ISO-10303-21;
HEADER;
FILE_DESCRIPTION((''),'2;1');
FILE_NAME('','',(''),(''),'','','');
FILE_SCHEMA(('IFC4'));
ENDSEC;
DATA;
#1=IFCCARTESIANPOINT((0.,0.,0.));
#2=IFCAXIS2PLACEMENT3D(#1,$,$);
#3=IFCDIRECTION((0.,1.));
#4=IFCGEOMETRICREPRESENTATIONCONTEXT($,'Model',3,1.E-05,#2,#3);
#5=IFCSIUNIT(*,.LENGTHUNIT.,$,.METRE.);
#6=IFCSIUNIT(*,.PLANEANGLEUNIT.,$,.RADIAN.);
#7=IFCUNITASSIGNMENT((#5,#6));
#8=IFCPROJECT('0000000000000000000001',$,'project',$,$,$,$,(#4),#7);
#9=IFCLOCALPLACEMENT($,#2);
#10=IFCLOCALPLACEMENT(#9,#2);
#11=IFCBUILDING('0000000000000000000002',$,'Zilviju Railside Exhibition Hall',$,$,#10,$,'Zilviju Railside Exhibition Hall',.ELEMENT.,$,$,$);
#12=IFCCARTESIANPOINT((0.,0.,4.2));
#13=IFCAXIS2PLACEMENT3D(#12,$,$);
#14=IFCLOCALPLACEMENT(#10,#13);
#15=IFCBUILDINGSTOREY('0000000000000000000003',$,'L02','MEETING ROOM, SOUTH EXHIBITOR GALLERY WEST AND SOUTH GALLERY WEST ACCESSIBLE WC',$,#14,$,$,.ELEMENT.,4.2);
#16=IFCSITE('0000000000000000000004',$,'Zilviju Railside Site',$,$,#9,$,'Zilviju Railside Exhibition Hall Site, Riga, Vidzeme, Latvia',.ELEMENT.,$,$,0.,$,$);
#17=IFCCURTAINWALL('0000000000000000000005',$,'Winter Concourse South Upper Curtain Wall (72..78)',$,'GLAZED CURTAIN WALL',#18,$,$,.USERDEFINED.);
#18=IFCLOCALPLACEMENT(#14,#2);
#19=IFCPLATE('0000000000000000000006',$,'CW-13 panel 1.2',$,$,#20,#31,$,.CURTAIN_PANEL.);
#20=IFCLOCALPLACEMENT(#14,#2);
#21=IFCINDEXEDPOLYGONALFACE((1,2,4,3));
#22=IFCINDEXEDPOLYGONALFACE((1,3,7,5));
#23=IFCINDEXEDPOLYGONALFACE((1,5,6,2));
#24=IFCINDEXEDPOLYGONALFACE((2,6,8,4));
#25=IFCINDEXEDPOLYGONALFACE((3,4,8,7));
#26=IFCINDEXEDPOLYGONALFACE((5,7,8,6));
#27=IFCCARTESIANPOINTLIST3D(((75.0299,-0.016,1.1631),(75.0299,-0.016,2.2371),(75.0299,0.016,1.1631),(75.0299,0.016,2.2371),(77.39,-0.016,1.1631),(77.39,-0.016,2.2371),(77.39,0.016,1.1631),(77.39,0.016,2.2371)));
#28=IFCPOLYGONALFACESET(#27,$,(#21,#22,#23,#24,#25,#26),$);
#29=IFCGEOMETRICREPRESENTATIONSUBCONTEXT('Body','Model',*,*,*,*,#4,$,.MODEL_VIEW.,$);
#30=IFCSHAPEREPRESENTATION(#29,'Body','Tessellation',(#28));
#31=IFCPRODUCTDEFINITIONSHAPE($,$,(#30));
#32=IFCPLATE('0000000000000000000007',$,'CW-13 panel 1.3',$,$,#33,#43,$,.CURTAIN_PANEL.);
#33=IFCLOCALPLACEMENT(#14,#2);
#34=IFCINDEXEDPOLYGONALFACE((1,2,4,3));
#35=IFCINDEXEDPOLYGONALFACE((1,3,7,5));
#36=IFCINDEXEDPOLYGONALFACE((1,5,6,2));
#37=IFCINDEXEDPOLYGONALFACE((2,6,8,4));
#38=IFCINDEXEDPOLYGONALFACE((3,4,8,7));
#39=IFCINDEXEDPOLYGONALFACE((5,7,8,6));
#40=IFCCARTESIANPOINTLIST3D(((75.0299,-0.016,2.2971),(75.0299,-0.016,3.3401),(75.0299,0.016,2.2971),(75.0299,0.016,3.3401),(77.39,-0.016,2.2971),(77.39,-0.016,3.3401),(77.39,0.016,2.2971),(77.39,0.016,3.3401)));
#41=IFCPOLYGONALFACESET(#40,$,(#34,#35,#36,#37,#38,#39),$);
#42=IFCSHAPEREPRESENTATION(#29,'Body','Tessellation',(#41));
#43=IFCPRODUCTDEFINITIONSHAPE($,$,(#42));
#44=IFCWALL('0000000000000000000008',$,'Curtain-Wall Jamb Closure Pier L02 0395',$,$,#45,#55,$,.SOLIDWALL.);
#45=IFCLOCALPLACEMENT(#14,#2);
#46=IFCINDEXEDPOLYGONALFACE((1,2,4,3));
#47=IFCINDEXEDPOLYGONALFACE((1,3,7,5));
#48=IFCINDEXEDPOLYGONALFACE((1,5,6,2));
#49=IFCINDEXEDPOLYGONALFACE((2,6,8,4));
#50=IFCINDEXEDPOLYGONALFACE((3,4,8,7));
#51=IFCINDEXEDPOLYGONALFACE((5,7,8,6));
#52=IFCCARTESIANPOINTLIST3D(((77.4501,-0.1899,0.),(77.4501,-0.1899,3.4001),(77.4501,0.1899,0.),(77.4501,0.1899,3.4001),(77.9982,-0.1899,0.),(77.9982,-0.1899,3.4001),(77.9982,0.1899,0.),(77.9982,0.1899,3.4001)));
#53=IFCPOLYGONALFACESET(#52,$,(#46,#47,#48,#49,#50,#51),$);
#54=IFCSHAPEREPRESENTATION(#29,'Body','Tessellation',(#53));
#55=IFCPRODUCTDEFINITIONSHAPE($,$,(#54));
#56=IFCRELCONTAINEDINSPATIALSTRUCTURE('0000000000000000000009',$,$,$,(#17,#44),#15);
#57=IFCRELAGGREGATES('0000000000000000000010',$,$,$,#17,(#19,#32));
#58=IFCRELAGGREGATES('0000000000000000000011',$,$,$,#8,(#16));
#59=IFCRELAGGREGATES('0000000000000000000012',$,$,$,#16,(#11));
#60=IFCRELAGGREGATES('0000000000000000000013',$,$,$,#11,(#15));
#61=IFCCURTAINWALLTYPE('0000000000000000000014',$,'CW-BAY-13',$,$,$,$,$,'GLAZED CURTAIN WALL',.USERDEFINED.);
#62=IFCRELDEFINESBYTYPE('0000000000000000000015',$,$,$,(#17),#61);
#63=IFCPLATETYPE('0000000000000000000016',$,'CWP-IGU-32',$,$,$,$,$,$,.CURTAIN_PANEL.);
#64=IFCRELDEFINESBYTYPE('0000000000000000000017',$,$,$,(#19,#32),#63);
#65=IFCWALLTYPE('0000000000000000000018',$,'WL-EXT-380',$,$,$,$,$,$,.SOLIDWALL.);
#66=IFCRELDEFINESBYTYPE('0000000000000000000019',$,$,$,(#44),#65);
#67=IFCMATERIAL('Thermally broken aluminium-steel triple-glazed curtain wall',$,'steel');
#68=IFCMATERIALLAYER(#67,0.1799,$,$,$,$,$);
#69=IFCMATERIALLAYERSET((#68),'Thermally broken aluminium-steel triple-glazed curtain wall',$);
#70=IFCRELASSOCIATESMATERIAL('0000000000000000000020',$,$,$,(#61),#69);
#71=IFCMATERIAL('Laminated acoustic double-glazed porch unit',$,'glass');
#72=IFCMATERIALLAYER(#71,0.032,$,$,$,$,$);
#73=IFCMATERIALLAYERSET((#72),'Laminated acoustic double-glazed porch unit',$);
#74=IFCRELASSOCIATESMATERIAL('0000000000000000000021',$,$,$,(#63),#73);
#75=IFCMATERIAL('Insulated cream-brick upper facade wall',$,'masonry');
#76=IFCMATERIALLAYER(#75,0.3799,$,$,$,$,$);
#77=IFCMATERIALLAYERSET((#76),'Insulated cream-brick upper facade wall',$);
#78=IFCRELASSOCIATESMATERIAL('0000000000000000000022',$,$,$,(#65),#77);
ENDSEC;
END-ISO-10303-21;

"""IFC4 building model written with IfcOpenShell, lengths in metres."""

from ifc_helpers import new_model, si_unit, direction, frame, frame_2d, origin, origin_2d, place, context, subcontext, project, spatial, rectangle, extrude, material, layer, layer_set, type_object, element, aggregate, save


model = new_model("IFC4")

# Units and contexts
model_context = context("Model", 3, precision=1e-05, world=origin(), true_north=direction((0.0, 1.0)))
body_context = subcontext(model_context, "Body", "Model", "MODEL_VIEW")
ifc_project = project(units=[si_unit("LENGTHUNIT", "METRE"), si_unit("PLANEANGLEUNIT", "RADIAN")], contexts=[model_context])

# Site, building, storey
site_placement = place(None, origin())
site = spatial("IfcSite", under=ifc_project, at=site_placement, Name="Zilviju Railside Site", LongName="Zilviju Railside Exhibition Hall Site, Riga, Vidzeme, Latvia", CompositionType="ELEMENT", RefElevation=0.0)
building_placement = place(site_placement, origin())
building = spatial("IfcBuilding", under=site, at=building_placement, Name="Zilviju Railside Exhibition Hall", LongName="Zilviju Railside Exhibition Hall", CompositionType="ELEMENT")
storey_placement = place(building_placement, frame((0.0, 0.0, 4.2)))
storey = spatial("IfcBuildingStorey", under=building, at=storey_placement, Name="L02", Description="MEETING ROOM, SOUTH EXHIBITOR GALLERY WEST AND SOUTH GALLERY WEST ACCESSIBLE WC", CompositionType="ELEMENT", Elevation=4.2)

# Curtain wall, plates
ifc_material_1 = material(Name="Thermally broken aluminium-steel triple-glazed curtain wall", Category="steel")
ifc_layer_1 = layer(ifc_material_1, 0.1799)
ifc_layer_set_1 = layer_set([ifc_layer_1], Name="Thermally broken aluminium-steel triple-glazed curtain wall")
curtain_wall_type = type_object("IfcCurtainWallType", Name="CW-BAY-13", ElementType="GLAZED CURTAIN WALL", PredefinedType="USERDEFINED", material=ifc_layer_set_1)
curtain_wall_placement = place(storey_placement, origin())
curtain_wall = element("IfcCurtainWall", 1, at=curtain_wall_placement, inside=storey, type_object=curtain_wall_type, Name="Winter Concourse South Upper Curtain Wall (72..78)", ObjectType="GLAZED CURTAIN WALL", PredefinedType="USERDEFINED")
ifc_material_2 = material(Name="Laminated acoustic double-glazed porch unit", Category="glass")
ifc_layer_2 = layer(ifc_material_2, 0.032)
ifc_layer_set_2 = layer_set([ifc_layer_2], Name="Laminated acoustic double-glazed porch unit")
plate_type = type_object("IfcPlateType", Name="CWP-IGU-32", PredefinedType="CURTAIN_PANEL", material=ifc_layer_set_2)
plate_1_placement = place(storey_placement, frame((76.21, 0.0, 1.1631), z_axis=(0.0, 0.0, 1.0), x_axis=(-1.0, 0.0, 0.0)))
plate_1 = element("IfcPlate", 2, at=plate_1_placement, type_object=plate_type, Name="CW-13 panel 1.2", PredefinedType="CURTAIN_PANEL", context=body_context, shape_type="SweptSolid", body=[
    extrude(rectangle(XDim=2.3601, YDim=0.032, at=origin_2d()), origin(), (0.0, 0.0, 1.0), 1.074),
])
plate_2_placement = place(storey_placement, frame((76.21, 0.0, 2.2971), z_axis=(0.0, 0.0, 1.0), x_axis=(-1.0, 0.0, 0.0)))
plate_2 = element("IfcPlate", 3, at=plate_2_placement, type_object=plate_type, Name="CW-13 panel 1.3", PredefinedType="CURTAIN_PANEL", context=body_context, shape_type="SweptSolid", body=[
    extrude(rectangle(XDim=2.3601, YDim=0.032, at=origin_2d()), origin(), (0.0, 0.0, 1.0), 1.043),
])
aggregate(curtain_wall, [plate_1, plate_2])

# Wall
ifc_material_3 = material(Name="Insulated cream-brick upper facade wall", Category="masonry")
ifc_layer_3 = layer(ifc_material_3, 0.3799)
ifc_layer_set_3 = layer_set([ifc_layer_3], Name="Insulated cream-brick upper facade wall")
wall_type_1 = type_object("IfcWallType", Name="WL-EXT-380", PredefinedType="SOLIDWALL", material=ifc_layer_set_3)
wall_1_placement = place(storey_placement, frame((77.998, 0.0, 0.0), z_axis=(0.0, 0.0, 1.0), x_axis=(-1.0, 0.0, 0.0)))
element("IfcWall", 4, at=wall_1_placement, inside=storey, type_object=wall_type_1, Name="Curtain-Wall Jamb Closure Pier L02 0395", PredefinedType="SOLIDWALL", context=body_context, shape_type="SweptSolid", body=[
    extrude(rectangle(XDim=0.5481, YDim=0.3799, at=frame_2d((0.2739, 0.0))), origin(), (0.0, 0.0, 1.0), 3.4001),
])

save(model, "model.ifc")
